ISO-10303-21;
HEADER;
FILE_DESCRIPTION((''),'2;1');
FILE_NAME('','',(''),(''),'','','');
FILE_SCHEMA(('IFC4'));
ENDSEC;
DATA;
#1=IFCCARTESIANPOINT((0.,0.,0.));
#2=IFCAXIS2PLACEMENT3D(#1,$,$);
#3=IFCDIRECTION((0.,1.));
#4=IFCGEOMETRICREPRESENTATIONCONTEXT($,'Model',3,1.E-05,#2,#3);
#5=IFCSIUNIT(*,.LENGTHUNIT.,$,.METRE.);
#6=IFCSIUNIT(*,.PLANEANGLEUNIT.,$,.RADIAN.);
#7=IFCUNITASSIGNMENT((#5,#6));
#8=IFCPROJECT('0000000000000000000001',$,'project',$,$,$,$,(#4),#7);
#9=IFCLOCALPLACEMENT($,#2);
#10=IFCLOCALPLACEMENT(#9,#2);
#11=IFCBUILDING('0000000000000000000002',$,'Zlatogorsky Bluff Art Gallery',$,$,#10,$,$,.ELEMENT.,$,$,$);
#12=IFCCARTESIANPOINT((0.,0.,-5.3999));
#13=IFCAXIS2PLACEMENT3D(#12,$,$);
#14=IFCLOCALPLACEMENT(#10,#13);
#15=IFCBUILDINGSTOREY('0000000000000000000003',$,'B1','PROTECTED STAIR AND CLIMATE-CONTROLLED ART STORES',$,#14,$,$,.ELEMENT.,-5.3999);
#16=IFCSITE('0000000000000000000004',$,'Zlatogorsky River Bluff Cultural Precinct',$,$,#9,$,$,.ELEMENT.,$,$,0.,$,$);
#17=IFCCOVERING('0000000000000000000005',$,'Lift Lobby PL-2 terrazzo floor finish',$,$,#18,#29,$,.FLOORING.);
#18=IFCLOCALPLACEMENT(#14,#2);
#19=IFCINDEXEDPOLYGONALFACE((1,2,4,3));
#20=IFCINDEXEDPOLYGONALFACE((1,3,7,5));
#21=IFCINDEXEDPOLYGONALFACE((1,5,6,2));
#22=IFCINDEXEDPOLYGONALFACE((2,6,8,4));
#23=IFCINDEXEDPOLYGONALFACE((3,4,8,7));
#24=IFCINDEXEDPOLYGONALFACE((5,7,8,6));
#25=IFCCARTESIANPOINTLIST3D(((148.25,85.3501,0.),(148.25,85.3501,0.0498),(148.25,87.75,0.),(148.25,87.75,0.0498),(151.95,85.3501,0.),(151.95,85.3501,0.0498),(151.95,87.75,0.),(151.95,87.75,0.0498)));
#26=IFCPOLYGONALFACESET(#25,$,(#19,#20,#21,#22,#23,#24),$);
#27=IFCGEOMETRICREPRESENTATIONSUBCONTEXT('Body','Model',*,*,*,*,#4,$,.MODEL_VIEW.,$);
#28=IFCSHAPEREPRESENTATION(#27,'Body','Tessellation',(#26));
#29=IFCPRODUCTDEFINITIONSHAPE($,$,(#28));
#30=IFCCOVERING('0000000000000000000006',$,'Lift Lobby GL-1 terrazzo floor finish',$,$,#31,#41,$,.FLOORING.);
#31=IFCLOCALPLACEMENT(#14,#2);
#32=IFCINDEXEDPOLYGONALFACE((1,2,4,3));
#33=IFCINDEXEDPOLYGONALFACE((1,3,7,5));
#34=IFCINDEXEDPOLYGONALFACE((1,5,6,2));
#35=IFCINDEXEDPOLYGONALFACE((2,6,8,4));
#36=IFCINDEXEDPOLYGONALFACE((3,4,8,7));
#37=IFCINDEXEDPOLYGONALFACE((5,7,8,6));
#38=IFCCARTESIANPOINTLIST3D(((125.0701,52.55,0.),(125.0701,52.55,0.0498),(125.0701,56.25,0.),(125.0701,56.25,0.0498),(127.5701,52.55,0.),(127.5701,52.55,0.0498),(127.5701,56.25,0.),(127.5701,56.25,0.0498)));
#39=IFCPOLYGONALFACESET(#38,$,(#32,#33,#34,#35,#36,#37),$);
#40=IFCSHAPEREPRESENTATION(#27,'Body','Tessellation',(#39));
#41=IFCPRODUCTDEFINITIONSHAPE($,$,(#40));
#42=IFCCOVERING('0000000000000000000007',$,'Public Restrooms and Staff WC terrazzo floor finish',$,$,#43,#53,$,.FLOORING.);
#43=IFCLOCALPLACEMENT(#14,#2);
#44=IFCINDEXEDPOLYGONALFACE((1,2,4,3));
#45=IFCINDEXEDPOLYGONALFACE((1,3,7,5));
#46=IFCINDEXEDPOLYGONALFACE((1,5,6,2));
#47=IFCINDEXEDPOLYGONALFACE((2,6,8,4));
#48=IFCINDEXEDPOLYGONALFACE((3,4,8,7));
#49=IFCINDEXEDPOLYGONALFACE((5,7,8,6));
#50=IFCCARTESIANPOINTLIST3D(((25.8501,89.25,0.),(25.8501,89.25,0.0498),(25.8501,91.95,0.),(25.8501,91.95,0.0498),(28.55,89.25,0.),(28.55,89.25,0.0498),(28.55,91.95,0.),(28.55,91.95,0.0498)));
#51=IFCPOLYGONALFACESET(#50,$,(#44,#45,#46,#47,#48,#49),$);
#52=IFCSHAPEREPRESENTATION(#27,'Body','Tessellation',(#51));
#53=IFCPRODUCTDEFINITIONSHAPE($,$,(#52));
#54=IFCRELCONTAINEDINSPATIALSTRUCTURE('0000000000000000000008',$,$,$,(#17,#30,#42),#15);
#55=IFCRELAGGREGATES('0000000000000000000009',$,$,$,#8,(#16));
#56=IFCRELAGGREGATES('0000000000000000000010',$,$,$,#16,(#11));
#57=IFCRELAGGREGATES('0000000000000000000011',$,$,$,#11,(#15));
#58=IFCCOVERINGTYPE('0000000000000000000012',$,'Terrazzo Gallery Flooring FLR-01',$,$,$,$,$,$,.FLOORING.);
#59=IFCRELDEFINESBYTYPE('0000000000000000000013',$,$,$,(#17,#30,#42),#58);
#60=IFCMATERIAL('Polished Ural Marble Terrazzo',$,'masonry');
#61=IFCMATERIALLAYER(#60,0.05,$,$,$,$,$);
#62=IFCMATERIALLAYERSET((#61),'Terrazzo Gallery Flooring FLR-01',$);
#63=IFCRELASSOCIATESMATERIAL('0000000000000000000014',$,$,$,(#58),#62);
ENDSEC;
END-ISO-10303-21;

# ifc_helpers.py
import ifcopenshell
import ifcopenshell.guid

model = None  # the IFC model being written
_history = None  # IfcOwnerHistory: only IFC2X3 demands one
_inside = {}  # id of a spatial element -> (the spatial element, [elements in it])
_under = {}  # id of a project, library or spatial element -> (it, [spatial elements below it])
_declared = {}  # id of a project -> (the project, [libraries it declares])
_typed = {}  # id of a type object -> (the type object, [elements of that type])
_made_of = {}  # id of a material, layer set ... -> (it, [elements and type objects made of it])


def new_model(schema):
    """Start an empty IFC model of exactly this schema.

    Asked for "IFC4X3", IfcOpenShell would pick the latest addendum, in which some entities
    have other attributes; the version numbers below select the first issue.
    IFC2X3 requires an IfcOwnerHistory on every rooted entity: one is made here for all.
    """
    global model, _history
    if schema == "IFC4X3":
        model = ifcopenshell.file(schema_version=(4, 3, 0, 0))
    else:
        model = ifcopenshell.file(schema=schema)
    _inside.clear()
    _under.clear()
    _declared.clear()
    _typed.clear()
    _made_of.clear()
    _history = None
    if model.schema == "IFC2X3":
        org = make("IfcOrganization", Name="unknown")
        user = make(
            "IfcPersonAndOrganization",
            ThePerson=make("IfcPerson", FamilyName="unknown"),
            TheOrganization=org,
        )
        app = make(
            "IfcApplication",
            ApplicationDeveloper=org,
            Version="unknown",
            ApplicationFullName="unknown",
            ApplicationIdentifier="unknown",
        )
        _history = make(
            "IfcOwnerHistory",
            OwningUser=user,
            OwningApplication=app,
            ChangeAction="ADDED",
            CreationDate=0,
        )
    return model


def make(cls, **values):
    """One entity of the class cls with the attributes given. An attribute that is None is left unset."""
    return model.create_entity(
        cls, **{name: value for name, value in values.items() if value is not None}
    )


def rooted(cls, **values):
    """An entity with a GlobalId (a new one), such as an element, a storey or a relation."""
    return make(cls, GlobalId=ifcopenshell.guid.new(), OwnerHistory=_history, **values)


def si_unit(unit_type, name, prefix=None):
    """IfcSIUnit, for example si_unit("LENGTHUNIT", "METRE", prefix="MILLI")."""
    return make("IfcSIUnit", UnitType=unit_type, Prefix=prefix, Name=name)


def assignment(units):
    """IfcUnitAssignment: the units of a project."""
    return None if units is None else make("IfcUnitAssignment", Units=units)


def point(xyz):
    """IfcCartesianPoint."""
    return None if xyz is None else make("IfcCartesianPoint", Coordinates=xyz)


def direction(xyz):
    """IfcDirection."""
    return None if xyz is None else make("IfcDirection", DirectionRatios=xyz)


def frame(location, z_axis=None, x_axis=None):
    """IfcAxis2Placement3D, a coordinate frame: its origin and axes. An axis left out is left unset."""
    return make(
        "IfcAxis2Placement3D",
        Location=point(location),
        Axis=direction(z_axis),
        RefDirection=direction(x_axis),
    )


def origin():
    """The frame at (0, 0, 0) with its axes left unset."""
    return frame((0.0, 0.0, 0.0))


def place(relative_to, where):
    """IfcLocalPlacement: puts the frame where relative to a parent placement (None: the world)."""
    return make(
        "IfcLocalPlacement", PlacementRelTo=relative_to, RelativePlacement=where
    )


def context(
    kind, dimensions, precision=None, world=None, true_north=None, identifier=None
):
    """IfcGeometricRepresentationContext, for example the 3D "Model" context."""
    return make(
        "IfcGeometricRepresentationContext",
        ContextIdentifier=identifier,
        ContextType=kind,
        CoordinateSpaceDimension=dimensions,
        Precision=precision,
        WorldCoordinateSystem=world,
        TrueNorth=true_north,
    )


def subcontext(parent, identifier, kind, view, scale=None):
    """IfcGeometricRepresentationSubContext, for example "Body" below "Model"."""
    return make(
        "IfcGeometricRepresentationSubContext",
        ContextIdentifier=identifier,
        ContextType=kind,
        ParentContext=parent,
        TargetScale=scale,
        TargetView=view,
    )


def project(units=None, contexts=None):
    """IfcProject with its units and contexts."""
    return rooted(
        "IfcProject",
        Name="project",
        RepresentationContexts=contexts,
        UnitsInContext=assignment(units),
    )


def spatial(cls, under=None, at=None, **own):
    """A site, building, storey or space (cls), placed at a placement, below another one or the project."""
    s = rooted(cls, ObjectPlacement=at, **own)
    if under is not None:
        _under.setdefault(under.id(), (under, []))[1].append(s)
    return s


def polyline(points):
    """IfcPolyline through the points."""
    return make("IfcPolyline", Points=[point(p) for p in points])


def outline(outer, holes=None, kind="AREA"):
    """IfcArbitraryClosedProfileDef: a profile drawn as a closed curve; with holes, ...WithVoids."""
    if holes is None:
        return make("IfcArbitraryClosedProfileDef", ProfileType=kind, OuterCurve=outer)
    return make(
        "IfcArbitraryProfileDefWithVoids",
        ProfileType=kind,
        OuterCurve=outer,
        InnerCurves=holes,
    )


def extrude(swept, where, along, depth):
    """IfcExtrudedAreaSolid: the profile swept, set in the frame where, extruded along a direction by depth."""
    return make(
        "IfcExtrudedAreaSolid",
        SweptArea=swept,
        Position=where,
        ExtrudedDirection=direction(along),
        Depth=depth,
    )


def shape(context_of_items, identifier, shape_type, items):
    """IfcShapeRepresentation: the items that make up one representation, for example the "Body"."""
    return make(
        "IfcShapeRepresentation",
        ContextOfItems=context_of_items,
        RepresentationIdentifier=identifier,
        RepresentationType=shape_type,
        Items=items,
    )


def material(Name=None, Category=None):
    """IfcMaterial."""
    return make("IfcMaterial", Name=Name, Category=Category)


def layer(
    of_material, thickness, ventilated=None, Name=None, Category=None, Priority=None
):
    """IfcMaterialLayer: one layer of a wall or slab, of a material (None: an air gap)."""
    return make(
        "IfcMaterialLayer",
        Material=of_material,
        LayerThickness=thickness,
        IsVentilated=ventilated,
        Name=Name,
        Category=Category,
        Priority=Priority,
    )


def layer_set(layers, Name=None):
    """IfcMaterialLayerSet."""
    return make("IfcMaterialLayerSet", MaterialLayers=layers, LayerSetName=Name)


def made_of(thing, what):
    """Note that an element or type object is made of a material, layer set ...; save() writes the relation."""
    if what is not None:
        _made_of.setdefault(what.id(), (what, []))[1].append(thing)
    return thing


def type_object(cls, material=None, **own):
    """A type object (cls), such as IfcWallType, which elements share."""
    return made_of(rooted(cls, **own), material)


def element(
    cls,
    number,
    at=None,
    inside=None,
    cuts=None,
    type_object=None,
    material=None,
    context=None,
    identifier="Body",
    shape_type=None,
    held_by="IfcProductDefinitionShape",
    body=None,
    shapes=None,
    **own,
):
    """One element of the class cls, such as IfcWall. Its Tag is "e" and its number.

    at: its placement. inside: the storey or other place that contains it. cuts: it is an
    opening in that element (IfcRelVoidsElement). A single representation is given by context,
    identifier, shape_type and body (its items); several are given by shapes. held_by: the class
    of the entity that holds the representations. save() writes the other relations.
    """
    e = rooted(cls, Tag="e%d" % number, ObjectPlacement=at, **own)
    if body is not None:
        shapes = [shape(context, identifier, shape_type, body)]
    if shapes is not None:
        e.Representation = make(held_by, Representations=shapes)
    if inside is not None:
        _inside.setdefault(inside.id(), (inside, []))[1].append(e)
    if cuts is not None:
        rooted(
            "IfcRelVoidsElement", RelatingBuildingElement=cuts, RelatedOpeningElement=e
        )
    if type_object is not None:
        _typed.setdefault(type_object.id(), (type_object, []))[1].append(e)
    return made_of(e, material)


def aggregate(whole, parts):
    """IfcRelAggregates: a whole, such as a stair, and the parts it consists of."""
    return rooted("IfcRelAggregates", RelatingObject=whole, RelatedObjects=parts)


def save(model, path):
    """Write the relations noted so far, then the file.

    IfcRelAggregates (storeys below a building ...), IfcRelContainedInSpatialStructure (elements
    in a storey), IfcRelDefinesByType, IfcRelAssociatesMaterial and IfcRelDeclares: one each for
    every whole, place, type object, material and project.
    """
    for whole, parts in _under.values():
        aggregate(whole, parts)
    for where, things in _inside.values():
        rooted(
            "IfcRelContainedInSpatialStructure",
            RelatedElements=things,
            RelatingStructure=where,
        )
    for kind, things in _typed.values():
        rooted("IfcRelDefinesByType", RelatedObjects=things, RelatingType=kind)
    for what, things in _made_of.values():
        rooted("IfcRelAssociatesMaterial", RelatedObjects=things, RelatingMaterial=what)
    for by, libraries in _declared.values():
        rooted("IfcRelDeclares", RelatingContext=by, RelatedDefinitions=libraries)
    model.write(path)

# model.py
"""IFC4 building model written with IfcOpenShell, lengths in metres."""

from ifc_helpers import new_model, si_unit, direction, frame, origin, place, context, subcontext, project, spatial, polyline, outline, extrude, material, layer, layer_set, type_object, element, save


model = new_model("IFC4")

# Units and contexts
model_context = context("Model", 3, precision=1e-05, world=origin(), true_north=direction((0.0, 1.0)))
body_context = subcontext(model_context, "Body", "Model", "MODEL_VIEW")
ifc_project = project(units=[si_unit("LENGTHUNIT", "METRE"), si_unit("PLANEANGLEUNIT", "RADIAN")], contexts=[model_context])

# Site, building, storey
site_placement = place(None, origin())
site = spatial("IfcSite", under=ifc_project, at=site_placement, Name="Zlatogorsky River Bluff Cultural Precinct", CompositionType="ELEMENT", RefElevation=0.0)
building_placement = place(site_placement, origin())
building = spatial("IfcBuilding", under=site, at=building_placement, Name="Zlatogorsky Bluff Art Gallery", CompositionType="ELEMENT")
storey_placement = place(building_placement, frame((0.0, 0.0, -5.3999)))
storey = spatial("IfcBuildingStorey", under=building, at=storey_placement, Name="B1", Description="PROTECTED STAIR AND CLIMATE-CONTROLLED ART STORES", CompositionType="ELEMENT", Elevation=-5.3999)

# Coverings
ifc_material_1 = material(Name="Polished Ural Marble Terrazzo", Category="masonry")
ifc_layer_1 = layer(ifc_material_1, 0.05)
ifc_layer_set_1 = layer_set([ifc_layer_1], Name="Terrazzo Gallery Flooring FLR-01")
covering_type_1 = type_object("IfcCoveringType", Name="Terrazzo Gallery Flooring FLR-01", PredefinedType="FLOORING", material=ifc_layer_set_1)
covering_1_placement = place(storey_placement, origin())
element("IfcCovering", 1, at=covering_1_placement, inside=storey, type_object=covering_type_1, Name="Lift Lobby PL-2 terrazzo floor finish", PredefinedType="FLOORING", context=body_context, shape_type="SweptSolid", body=[
    extrude(outline(polyline([(151.95, 87.75), (151.95, 85.3501), (148.25, 85.3501), (148.25, 87.75), (151.95, 87.75)])), origin(), (0.0, 0.0, 1.0), 0.0498),
])
covering_2_placement = place(storey_placement, origin())
element("IfcCovering", 2, at=covering_2_placement, inside=storey, type_object=covering_type_1, Name="Lift Lobby GL-1 terrazzo floor finish", PredefinedType="FLOORING", context=body_context, shape_type="SweptSolid", body=[
    extrude(outline(polyline([(127.5701, 52.55), (125.0701, 52.55), (125.0701, 56.25), (127.5701, 56.25), (127.5701, 52.55)])), origin(), (0.0, 0.0, 1.0), 0.0498),
])
covering_3_placement = place(storey_placement, origin())
element("IfcCovering", 3, at=covering_3_placement, inside=storey, type_object=covering_type_1, Name="Public Restrooms and Staff WC terrazzo floor finish", PredefinedType="FLOORING", context=body_context, shape_type="SweptSolid", body=[
    extrude(outline(polyline([(28.55, 91.95), (28.55, 89.25), (25.8501, 89.25), (25.8501, 91.95), (28.55, 91.95)])), origin(), (0.0, 0.0, 1.0), 0.0498),
])

save(model, "model.ifc")
